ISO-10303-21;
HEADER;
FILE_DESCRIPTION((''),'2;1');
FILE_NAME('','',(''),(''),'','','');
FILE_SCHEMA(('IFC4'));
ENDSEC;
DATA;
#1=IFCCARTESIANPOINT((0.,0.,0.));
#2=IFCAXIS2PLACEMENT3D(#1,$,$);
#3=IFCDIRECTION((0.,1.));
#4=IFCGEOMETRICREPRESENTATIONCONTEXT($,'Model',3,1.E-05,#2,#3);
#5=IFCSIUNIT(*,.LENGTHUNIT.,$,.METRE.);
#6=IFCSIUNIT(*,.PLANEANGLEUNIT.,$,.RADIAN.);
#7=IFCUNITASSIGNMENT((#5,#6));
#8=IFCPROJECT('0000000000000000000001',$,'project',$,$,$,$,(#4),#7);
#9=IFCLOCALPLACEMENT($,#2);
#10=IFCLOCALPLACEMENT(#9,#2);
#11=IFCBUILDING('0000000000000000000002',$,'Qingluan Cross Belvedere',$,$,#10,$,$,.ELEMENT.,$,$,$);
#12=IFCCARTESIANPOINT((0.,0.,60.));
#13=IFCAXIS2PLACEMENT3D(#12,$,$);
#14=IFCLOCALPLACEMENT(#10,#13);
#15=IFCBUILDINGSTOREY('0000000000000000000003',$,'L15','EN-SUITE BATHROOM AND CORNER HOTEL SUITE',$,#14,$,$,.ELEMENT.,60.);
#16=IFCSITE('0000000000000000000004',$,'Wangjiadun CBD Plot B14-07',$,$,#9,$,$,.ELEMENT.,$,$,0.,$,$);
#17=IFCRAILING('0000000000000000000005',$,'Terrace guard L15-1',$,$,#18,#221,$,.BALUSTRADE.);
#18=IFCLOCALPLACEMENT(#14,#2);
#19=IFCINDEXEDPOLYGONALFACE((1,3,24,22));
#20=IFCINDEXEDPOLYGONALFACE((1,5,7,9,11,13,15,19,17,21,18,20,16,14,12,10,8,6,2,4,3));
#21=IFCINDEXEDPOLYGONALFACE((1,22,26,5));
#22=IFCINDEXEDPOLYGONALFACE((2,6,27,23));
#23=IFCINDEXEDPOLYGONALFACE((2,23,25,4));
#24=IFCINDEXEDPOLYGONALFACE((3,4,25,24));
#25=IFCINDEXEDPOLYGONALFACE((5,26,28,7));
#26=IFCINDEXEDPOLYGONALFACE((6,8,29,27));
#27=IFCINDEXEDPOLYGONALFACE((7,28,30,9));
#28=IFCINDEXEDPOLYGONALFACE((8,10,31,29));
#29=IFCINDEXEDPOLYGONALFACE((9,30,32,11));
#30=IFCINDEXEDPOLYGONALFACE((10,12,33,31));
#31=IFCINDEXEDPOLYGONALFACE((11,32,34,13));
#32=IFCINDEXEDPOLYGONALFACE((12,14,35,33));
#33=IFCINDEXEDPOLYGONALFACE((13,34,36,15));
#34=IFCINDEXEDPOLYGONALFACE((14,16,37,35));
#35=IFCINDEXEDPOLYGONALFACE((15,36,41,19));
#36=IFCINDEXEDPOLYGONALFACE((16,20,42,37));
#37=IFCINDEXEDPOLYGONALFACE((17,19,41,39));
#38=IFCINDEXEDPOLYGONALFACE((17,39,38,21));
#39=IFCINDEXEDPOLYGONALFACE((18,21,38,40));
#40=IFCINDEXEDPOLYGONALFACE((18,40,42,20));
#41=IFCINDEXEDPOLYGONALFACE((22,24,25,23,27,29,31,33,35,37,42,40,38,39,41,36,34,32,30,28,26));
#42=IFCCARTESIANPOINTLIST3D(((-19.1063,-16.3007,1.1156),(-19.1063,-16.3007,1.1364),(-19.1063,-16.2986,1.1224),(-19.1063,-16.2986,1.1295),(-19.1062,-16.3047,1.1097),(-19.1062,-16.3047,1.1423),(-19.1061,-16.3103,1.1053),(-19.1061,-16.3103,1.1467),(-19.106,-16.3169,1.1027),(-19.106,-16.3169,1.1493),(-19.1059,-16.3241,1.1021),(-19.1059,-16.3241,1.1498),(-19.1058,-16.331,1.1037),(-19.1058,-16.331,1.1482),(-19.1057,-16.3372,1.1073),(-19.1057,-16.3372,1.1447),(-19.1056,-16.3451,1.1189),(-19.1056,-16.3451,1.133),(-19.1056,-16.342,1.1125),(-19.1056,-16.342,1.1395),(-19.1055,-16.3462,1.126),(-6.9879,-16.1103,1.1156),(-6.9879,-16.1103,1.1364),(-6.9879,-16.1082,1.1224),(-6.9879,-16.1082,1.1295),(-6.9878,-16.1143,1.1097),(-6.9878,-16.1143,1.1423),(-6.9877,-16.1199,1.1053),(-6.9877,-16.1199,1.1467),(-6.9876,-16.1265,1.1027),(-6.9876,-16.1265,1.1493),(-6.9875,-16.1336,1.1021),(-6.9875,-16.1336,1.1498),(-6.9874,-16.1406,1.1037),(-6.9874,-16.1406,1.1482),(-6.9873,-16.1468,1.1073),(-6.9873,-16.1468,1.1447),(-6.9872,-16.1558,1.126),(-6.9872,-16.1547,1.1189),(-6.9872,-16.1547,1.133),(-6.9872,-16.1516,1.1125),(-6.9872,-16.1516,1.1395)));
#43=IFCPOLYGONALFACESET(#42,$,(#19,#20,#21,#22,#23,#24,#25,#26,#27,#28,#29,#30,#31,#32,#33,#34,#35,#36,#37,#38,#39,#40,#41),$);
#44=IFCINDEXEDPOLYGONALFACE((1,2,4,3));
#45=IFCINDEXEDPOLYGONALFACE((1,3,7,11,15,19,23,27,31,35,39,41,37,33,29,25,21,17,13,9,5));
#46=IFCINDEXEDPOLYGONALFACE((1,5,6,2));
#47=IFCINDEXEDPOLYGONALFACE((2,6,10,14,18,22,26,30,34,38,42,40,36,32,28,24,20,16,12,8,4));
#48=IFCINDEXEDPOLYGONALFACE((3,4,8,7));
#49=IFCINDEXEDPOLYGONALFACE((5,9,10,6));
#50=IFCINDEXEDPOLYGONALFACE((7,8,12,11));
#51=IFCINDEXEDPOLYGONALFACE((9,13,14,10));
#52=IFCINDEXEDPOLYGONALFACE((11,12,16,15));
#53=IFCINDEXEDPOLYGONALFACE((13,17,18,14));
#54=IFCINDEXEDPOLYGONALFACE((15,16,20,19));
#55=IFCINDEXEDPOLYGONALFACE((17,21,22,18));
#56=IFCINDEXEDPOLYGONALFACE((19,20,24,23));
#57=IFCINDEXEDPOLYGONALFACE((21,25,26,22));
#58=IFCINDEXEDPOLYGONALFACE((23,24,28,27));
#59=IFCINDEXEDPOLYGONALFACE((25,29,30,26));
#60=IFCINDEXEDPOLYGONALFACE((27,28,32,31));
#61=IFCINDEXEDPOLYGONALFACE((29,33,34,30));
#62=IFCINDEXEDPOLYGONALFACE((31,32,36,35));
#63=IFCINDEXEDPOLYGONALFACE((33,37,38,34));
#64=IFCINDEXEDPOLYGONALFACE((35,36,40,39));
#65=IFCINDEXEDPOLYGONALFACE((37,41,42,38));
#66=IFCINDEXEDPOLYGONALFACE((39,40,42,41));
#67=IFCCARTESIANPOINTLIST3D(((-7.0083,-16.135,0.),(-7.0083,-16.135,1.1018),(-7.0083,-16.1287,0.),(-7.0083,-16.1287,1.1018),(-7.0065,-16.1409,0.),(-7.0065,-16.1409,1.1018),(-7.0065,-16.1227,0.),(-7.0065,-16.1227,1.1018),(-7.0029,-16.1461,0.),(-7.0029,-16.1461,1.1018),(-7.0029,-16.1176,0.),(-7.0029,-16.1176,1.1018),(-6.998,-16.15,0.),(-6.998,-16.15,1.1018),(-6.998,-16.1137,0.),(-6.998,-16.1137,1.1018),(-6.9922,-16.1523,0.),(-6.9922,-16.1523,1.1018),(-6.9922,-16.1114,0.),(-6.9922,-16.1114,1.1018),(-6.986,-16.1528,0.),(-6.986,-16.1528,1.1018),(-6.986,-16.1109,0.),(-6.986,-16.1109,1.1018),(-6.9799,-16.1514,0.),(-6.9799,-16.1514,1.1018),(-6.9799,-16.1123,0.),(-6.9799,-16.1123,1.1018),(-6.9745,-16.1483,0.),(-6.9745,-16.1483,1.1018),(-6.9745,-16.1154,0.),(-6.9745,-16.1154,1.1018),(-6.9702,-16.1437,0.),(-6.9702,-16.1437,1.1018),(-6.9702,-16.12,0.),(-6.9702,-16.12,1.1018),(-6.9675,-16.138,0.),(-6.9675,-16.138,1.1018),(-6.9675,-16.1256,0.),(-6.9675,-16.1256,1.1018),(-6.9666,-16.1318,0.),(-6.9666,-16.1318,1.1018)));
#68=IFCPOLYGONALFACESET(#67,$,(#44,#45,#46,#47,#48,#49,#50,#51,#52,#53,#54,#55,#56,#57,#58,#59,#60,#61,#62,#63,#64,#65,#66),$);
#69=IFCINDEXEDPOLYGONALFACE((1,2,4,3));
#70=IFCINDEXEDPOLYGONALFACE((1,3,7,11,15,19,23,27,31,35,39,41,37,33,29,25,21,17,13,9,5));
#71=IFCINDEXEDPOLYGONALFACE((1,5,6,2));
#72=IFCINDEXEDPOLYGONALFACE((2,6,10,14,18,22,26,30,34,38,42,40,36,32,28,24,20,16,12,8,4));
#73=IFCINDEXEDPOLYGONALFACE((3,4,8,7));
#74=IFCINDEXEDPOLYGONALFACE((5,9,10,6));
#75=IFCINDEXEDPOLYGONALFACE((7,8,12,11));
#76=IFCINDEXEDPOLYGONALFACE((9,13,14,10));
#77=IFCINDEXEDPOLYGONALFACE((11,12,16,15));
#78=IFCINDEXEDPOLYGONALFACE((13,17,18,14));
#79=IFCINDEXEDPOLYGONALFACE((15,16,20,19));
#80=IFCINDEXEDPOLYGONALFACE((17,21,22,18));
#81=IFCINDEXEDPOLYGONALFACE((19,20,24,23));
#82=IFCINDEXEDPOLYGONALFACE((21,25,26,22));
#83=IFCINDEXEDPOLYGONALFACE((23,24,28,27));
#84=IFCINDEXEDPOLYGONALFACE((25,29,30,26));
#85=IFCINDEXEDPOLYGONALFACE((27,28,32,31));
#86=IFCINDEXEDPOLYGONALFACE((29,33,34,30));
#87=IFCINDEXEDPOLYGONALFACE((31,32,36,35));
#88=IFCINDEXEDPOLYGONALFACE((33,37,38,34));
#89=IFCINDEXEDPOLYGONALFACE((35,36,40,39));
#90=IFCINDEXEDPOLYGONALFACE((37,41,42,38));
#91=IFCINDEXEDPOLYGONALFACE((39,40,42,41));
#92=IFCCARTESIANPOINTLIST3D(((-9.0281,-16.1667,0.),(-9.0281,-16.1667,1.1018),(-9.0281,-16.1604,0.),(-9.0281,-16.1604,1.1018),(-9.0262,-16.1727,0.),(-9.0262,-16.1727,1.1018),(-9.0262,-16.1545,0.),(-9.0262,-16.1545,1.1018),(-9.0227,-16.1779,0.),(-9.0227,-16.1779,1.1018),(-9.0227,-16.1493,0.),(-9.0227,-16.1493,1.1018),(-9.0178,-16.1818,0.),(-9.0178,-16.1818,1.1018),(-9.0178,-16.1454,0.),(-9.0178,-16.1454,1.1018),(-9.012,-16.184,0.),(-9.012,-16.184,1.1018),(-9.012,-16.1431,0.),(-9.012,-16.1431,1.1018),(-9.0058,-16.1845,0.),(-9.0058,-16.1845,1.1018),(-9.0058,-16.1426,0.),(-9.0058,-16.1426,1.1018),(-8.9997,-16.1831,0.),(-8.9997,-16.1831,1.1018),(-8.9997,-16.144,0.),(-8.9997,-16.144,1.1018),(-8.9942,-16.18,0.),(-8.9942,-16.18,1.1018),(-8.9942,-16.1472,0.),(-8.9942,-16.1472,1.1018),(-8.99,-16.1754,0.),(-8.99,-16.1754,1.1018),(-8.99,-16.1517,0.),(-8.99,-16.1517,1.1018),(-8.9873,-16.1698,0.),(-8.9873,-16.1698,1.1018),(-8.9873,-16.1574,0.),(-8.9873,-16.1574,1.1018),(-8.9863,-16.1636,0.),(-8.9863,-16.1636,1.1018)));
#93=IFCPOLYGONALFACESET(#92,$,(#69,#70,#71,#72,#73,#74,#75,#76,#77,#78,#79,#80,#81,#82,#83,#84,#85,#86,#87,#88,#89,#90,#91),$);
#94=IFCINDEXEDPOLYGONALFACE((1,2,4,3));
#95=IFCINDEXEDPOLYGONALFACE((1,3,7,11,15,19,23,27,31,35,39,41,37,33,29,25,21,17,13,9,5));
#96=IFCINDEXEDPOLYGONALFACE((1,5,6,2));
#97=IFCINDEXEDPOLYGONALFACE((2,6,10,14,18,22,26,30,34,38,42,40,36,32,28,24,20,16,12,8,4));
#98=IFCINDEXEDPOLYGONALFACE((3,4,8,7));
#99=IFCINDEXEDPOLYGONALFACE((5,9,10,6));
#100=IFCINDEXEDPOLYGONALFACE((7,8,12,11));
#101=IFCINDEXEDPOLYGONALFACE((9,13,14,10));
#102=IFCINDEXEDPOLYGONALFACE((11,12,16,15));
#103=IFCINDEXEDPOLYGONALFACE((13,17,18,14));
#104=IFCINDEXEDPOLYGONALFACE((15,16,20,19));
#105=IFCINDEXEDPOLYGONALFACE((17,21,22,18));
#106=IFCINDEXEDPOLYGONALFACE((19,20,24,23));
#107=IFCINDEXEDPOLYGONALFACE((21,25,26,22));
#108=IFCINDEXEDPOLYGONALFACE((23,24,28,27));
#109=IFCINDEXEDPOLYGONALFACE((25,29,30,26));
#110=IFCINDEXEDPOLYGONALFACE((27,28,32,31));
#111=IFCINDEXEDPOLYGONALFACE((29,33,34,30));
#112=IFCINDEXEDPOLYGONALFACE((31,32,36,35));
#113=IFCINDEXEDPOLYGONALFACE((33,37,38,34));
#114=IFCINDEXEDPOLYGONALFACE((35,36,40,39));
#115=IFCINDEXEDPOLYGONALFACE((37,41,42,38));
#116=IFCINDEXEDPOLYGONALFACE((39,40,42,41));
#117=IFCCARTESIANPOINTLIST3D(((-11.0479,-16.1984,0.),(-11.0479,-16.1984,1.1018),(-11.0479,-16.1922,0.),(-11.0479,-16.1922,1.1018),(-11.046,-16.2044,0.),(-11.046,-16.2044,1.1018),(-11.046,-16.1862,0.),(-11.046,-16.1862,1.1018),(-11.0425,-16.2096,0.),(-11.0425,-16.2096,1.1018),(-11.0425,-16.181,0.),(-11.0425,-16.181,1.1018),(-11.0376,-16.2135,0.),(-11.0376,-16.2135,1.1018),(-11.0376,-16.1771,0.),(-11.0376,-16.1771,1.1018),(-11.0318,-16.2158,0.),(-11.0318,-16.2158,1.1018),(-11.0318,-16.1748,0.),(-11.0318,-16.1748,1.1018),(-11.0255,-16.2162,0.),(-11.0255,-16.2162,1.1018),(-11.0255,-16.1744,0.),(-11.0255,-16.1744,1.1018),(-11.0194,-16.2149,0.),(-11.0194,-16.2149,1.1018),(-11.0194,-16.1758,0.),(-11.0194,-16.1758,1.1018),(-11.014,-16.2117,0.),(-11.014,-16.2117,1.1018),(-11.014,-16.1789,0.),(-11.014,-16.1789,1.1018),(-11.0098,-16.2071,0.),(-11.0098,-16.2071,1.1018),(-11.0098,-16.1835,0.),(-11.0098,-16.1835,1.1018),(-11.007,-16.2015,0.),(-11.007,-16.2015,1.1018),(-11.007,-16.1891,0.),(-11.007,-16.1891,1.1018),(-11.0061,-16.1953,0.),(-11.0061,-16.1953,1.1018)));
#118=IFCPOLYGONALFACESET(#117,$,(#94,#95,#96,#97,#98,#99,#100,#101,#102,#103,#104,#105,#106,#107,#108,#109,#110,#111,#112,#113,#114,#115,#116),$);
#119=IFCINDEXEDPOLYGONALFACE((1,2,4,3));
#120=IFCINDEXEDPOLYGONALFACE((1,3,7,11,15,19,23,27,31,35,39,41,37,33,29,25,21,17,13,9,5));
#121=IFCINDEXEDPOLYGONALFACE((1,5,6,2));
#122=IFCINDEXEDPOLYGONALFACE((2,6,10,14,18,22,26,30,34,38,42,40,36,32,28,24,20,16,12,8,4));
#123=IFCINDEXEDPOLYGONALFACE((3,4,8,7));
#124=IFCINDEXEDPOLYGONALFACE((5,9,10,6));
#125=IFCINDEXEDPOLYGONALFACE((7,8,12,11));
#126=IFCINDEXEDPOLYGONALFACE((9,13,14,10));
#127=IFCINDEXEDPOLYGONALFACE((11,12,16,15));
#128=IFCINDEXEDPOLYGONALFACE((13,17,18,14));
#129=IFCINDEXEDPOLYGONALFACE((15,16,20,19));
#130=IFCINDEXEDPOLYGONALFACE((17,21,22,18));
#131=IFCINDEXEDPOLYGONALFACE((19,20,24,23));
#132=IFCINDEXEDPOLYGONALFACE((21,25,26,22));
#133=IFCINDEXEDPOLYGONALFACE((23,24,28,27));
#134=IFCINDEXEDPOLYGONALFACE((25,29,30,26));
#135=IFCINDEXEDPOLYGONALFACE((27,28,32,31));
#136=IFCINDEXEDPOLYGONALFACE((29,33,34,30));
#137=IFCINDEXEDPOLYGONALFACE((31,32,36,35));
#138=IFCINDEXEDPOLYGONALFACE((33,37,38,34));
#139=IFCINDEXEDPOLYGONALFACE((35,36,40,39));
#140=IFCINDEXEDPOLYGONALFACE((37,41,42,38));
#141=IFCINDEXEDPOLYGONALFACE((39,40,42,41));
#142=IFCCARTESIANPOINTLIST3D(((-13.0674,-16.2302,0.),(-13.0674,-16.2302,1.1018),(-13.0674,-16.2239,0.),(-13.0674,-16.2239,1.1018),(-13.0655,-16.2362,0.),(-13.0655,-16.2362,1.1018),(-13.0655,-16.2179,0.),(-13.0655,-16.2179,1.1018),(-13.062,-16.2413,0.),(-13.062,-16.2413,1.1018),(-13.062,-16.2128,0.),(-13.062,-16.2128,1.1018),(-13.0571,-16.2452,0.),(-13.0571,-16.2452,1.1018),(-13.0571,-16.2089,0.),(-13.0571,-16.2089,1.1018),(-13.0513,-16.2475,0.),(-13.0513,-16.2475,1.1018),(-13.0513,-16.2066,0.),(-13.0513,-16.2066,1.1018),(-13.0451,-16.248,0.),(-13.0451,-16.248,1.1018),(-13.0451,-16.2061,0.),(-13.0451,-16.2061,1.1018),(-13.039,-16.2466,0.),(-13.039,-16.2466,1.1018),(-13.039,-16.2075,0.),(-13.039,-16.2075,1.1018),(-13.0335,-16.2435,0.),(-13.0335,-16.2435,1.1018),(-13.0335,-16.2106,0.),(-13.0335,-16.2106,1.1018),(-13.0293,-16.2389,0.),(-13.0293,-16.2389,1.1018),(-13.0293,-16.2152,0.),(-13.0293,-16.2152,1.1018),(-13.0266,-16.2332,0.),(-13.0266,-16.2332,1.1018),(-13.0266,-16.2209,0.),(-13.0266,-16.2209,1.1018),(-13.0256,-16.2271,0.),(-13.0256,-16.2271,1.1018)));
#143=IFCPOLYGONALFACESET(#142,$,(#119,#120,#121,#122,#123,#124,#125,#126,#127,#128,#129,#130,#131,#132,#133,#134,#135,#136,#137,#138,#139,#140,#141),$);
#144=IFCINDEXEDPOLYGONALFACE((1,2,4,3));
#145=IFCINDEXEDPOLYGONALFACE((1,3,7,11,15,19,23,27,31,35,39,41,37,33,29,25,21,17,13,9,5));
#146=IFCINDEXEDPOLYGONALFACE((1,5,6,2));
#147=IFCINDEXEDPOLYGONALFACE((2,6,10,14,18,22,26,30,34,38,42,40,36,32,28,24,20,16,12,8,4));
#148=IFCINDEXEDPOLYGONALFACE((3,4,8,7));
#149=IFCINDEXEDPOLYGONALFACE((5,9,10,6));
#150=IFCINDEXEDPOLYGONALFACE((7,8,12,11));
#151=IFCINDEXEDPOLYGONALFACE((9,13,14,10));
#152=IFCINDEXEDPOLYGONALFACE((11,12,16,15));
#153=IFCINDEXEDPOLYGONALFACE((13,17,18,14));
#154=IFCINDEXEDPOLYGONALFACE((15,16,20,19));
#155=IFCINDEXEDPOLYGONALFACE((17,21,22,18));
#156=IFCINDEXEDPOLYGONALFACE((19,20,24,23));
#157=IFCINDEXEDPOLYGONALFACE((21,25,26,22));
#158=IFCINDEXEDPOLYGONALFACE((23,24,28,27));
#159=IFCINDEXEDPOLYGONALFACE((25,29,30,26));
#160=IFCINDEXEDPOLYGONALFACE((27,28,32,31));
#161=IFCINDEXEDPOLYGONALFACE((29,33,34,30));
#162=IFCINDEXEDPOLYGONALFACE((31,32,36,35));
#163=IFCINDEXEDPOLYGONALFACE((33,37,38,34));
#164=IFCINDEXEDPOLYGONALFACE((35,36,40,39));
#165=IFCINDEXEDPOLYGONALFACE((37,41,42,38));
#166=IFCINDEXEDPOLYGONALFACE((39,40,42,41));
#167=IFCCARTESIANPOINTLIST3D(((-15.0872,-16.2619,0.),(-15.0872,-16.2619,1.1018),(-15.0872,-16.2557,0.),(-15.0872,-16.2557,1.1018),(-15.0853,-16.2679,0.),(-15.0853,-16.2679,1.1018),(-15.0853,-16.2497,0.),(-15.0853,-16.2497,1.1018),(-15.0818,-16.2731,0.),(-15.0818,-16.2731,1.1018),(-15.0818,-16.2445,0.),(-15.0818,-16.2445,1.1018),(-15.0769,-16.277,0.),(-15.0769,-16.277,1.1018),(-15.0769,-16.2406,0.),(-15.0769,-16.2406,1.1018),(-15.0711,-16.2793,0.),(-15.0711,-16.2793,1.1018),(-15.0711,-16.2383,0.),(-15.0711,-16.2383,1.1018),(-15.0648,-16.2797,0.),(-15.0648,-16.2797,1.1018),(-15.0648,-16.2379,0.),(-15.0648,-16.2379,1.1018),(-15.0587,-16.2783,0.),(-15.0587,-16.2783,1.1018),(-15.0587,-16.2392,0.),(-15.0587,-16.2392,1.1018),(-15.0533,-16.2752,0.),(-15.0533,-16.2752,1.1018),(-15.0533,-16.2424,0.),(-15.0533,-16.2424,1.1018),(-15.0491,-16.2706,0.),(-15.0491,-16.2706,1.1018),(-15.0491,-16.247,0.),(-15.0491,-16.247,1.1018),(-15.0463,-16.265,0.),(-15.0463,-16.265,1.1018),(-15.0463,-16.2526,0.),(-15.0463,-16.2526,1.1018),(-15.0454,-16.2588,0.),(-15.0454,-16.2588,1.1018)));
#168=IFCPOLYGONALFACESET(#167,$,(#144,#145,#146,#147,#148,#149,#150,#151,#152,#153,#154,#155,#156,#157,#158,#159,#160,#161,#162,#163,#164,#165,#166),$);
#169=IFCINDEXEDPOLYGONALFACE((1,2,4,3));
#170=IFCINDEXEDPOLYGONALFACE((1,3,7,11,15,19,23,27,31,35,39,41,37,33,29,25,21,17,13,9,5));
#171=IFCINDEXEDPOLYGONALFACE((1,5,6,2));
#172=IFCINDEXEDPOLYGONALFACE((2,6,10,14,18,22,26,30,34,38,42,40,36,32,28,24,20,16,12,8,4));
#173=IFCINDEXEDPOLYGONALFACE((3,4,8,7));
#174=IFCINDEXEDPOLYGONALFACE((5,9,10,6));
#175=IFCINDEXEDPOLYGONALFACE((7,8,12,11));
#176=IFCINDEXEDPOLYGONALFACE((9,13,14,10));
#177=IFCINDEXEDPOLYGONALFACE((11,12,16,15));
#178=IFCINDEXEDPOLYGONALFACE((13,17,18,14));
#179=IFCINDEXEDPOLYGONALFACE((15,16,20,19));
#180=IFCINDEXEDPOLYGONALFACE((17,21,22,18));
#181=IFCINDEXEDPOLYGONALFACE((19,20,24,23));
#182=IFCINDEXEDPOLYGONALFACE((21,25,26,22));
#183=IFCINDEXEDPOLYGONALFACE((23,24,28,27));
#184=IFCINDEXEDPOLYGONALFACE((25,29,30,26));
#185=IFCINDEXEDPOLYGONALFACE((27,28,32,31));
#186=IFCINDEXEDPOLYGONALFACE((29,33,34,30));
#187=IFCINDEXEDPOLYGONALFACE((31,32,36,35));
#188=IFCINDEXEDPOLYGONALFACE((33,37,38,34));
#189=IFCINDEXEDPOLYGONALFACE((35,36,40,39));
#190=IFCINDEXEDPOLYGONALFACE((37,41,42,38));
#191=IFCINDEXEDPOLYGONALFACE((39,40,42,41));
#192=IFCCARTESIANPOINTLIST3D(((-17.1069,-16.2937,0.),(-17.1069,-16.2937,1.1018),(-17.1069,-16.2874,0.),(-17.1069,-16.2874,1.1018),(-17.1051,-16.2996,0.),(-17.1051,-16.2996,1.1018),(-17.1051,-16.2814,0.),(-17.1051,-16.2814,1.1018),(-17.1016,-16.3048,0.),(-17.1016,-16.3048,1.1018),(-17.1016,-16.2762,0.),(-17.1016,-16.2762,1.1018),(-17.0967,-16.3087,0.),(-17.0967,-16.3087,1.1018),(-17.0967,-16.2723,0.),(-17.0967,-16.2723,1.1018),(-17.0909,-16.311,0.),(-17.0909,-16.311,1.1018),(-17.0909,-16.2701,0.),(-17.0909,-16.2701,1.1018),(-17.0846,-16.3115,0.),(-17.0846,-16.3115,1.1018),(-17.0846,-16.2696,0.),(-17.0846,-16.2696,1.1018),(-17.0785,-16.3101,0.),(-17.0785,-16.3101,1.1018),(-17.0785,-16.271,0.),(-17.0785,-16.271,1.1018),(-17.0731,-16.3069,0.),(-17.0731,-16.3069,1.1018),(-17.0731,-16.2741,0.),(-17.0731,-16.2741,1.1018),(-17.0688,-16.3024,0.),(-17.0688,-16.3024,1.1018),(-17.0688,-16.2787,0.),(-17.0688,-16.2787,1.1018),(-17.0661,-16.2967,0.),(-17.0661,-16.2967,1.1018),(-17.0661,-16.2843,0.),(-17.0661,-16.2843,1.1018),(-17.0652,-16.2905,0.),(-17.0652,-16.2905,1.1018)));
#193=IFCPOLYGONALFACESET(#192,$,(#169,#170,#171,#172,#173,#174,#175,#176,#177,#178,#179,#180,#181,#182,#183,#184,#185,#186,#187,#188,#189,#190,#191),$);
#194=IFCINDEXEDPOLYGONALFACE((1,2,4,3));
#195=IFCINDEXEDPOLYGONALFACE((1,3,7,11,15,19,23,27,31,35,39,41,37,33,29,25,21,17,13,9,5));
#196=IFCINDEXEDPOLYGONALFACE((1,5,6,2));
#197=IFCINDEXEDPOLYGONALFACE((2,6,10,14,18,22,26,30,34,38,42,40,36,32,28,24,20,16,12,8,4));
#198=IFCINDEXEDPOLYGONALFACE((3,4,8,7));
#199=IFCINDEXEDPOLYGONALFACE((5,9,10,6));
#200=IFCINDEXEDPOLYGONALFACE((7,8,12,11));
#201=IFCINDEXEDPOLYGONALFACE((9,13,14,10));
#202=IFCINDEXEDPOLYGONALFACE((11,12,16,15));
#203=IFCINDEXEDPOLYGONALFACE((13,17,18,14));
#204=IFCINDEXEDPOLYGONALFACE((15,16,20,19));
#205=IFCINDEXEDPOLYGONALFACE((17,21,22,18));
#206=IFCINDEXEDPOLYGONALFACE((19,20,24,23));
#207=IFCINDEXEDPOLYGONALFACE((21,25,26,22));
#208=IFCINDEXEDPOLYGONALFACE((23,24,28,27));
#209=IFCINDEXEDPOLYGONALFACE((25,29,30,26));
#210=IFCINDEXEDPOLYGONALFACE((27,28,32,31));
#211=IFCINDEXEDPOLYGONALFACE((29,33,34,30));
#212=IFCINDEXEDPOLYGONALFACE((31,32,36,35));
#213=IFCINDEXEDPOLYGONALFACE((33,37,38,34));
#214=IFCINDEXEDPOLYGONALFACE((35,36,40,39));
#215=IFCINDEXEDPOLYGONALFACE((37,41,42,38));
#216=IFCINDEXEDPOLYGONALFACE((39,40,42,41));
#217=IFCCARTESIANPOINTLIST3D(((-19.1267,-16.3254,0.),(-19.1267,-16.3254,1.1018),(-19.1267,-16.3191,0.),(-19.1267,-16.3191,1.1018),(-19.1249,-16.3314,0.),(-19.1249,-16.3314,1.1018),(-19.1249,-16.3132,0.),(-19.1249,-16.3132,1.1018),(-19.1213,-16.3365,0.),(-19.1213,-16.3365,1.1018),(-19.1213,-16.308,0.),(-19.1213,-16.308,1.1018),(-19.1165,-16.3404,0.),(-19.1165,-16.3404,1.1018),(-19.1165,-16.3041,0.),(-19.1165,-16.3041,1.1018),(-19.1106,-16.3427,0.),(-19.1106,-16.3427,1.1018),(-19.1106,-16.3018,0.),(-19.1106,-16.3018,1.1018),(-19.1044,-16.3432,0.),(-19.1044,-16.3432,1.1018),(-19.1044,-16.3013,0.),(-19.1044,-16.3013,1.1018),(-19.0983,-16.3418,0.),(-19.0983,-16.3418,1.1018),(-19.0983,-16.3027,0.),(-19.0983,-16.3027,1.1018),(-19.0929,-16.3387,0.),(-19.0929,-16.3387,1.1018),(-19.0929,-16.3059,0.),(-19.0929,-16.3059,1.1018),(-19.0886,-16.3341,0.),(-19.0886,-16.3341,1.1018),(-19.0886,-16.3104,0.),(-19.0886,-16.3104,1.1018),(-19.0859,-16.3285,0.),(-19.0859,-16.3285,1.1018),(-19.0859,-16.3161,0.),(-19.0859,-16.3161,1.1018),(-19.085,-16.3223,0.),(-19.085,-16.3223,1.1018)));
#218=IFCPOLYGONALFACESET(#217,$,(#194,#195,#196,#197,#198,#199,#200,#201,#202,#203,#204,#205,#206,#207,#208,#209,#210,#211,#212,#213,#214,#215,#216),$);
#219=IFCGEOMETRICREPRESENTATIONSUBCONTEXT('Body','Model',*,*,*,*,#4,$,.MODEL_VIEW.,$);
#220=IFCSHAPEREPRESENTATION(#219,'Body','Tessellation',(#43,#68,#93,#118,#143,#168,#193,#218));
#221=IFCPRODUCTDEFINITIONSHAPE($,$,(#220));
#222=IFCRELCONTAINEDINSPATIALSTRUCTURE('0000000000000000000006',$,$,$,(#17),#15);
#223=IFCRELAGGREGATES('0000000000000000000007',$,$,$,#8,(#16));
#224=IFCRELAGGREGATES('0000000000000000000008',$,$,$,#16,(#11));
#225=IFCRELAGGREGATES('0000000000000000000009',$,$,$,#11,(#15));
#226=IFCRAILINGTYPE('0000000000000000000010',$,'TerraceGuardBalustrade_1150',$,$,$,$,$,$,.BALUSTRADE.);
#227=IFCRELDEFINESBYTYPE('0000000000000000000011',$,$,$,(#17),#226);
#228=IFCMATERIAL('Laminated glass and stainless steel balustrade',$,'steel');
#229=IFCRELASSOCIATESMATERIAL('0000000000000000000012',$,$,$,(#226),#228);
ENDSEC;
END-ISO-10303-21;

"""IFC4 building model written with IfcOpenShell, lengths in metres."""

from ifc_helpers import new_model, si_unit, direction, frame, origin, origin_2d, place, context, subcontext, project, spatial, circle, extrude, material, type_object, element, save


model = new_model("IFC4")

# Units and contexts
model_context = context("Model", 3, precision=1e-05, world=origin(), true_north=direction((0.0, 1.0)))
body_context = subcontext(model_context, "Body", "Model", "MODEL_VIEW")
ifc_project = project(units=[si_unit("LENGTHUNIT", "METRE"), si_unit("PLANEANGLEUNIT", "RADIAN")], contexts=[model_context])

# Site, building, storey
site_placement = place(None, origin())
site = spatial("IfcSite", under=ifc_project, at=site_placement, Name="Wangjiadun CBD Plot B14-07", CompositionType="ELEMENT", RefElevation=0.0)
building_placement = place(site_placement, origin())
building = spatial("IfcBuilding", under=site, at=building_placement, Name="Qingluan Cross Belvedere", CompositionType="ELEMENT")
storey_placement = place(building_placement, frame((0.0, 0.0, 60.0)))
storey = spatial("IfcBuildingStorey", under=building, at=storey_placement, Name="L15", Description="EN-SUITE BATHROOM AND CORNER HOTEL SUITE", CompositionType="ELEMENT", Elevation=60.0)

# Railing
ifc_material_1 = material(Name="Laminated glass and stainless steel balustrade", Category="steel")
railing_type = type_object("IfcRailingType", Name="TerraceGuardBalustrade_1150", PredefinedType="BALUSTRADE", material=ifc_material_1)
railing_placement = place(storey_placement, frame((-6.9875, -16.1318, 0.0)))
element("IfcRailing", 1, at=railing_placement, inside=storey, type_object=railing_type, Name="Terrace guard L15-1", PredefinedType="BALUSTRADE", context=body_context, shape_type="SweptSolid", body=[
    extrude(circle(Radius=0.0239, at=origin_2d()), frame((0.0, 0.0, 1.126), z_axis=(-0.999877, -0.015712, 0.0), x_axis=(0.015712, -0.999877, 0.0)), (0.0, 0.0, 1.0), 12.1199),
    extrude(circle(Radius=0.021, at=origin_2d()), origin(), (0.0, 0.0, 1.0), 1.1018),
    extrude(circle(Radius=0.021, at=origin_2d()), frame((-2.0198, -0.0317, 0.0)), (0.0, 0.0, 1.0), 1.1018),
    extrude(circle(Radius=0.021, at=origin_2d()), frame((-4.0396, -0.0635, 0.0)), (0.0, 0.0, 1.0), 1.1018),
    extrude(circle(Radius=0.021, at=origin_2d()), frame((-6.0591, -0.0952, 0.0)), (0.0, 0.0, 1.0), 1.1018),
    extrude(circle(Radius=0.021, at=origin_2d()), frame((-8.0789, -0.127, 0.0)), (0.0, 0.0, 1.0), 1.1018),
    extrude(circle(Radius=0.021, at=origin_2d()), frame((-10.0986, -0.1587, 0.0)), (0.0, 0.0, 1.0), 1.1018),
    extrude(circle(Radius=0.021, at=origin_2d()), frame((-12.1184, -0.1904, 0.0)), (0.0, 0.0, 1.0), 1.1018),
])

save(model, "model.ifc")
